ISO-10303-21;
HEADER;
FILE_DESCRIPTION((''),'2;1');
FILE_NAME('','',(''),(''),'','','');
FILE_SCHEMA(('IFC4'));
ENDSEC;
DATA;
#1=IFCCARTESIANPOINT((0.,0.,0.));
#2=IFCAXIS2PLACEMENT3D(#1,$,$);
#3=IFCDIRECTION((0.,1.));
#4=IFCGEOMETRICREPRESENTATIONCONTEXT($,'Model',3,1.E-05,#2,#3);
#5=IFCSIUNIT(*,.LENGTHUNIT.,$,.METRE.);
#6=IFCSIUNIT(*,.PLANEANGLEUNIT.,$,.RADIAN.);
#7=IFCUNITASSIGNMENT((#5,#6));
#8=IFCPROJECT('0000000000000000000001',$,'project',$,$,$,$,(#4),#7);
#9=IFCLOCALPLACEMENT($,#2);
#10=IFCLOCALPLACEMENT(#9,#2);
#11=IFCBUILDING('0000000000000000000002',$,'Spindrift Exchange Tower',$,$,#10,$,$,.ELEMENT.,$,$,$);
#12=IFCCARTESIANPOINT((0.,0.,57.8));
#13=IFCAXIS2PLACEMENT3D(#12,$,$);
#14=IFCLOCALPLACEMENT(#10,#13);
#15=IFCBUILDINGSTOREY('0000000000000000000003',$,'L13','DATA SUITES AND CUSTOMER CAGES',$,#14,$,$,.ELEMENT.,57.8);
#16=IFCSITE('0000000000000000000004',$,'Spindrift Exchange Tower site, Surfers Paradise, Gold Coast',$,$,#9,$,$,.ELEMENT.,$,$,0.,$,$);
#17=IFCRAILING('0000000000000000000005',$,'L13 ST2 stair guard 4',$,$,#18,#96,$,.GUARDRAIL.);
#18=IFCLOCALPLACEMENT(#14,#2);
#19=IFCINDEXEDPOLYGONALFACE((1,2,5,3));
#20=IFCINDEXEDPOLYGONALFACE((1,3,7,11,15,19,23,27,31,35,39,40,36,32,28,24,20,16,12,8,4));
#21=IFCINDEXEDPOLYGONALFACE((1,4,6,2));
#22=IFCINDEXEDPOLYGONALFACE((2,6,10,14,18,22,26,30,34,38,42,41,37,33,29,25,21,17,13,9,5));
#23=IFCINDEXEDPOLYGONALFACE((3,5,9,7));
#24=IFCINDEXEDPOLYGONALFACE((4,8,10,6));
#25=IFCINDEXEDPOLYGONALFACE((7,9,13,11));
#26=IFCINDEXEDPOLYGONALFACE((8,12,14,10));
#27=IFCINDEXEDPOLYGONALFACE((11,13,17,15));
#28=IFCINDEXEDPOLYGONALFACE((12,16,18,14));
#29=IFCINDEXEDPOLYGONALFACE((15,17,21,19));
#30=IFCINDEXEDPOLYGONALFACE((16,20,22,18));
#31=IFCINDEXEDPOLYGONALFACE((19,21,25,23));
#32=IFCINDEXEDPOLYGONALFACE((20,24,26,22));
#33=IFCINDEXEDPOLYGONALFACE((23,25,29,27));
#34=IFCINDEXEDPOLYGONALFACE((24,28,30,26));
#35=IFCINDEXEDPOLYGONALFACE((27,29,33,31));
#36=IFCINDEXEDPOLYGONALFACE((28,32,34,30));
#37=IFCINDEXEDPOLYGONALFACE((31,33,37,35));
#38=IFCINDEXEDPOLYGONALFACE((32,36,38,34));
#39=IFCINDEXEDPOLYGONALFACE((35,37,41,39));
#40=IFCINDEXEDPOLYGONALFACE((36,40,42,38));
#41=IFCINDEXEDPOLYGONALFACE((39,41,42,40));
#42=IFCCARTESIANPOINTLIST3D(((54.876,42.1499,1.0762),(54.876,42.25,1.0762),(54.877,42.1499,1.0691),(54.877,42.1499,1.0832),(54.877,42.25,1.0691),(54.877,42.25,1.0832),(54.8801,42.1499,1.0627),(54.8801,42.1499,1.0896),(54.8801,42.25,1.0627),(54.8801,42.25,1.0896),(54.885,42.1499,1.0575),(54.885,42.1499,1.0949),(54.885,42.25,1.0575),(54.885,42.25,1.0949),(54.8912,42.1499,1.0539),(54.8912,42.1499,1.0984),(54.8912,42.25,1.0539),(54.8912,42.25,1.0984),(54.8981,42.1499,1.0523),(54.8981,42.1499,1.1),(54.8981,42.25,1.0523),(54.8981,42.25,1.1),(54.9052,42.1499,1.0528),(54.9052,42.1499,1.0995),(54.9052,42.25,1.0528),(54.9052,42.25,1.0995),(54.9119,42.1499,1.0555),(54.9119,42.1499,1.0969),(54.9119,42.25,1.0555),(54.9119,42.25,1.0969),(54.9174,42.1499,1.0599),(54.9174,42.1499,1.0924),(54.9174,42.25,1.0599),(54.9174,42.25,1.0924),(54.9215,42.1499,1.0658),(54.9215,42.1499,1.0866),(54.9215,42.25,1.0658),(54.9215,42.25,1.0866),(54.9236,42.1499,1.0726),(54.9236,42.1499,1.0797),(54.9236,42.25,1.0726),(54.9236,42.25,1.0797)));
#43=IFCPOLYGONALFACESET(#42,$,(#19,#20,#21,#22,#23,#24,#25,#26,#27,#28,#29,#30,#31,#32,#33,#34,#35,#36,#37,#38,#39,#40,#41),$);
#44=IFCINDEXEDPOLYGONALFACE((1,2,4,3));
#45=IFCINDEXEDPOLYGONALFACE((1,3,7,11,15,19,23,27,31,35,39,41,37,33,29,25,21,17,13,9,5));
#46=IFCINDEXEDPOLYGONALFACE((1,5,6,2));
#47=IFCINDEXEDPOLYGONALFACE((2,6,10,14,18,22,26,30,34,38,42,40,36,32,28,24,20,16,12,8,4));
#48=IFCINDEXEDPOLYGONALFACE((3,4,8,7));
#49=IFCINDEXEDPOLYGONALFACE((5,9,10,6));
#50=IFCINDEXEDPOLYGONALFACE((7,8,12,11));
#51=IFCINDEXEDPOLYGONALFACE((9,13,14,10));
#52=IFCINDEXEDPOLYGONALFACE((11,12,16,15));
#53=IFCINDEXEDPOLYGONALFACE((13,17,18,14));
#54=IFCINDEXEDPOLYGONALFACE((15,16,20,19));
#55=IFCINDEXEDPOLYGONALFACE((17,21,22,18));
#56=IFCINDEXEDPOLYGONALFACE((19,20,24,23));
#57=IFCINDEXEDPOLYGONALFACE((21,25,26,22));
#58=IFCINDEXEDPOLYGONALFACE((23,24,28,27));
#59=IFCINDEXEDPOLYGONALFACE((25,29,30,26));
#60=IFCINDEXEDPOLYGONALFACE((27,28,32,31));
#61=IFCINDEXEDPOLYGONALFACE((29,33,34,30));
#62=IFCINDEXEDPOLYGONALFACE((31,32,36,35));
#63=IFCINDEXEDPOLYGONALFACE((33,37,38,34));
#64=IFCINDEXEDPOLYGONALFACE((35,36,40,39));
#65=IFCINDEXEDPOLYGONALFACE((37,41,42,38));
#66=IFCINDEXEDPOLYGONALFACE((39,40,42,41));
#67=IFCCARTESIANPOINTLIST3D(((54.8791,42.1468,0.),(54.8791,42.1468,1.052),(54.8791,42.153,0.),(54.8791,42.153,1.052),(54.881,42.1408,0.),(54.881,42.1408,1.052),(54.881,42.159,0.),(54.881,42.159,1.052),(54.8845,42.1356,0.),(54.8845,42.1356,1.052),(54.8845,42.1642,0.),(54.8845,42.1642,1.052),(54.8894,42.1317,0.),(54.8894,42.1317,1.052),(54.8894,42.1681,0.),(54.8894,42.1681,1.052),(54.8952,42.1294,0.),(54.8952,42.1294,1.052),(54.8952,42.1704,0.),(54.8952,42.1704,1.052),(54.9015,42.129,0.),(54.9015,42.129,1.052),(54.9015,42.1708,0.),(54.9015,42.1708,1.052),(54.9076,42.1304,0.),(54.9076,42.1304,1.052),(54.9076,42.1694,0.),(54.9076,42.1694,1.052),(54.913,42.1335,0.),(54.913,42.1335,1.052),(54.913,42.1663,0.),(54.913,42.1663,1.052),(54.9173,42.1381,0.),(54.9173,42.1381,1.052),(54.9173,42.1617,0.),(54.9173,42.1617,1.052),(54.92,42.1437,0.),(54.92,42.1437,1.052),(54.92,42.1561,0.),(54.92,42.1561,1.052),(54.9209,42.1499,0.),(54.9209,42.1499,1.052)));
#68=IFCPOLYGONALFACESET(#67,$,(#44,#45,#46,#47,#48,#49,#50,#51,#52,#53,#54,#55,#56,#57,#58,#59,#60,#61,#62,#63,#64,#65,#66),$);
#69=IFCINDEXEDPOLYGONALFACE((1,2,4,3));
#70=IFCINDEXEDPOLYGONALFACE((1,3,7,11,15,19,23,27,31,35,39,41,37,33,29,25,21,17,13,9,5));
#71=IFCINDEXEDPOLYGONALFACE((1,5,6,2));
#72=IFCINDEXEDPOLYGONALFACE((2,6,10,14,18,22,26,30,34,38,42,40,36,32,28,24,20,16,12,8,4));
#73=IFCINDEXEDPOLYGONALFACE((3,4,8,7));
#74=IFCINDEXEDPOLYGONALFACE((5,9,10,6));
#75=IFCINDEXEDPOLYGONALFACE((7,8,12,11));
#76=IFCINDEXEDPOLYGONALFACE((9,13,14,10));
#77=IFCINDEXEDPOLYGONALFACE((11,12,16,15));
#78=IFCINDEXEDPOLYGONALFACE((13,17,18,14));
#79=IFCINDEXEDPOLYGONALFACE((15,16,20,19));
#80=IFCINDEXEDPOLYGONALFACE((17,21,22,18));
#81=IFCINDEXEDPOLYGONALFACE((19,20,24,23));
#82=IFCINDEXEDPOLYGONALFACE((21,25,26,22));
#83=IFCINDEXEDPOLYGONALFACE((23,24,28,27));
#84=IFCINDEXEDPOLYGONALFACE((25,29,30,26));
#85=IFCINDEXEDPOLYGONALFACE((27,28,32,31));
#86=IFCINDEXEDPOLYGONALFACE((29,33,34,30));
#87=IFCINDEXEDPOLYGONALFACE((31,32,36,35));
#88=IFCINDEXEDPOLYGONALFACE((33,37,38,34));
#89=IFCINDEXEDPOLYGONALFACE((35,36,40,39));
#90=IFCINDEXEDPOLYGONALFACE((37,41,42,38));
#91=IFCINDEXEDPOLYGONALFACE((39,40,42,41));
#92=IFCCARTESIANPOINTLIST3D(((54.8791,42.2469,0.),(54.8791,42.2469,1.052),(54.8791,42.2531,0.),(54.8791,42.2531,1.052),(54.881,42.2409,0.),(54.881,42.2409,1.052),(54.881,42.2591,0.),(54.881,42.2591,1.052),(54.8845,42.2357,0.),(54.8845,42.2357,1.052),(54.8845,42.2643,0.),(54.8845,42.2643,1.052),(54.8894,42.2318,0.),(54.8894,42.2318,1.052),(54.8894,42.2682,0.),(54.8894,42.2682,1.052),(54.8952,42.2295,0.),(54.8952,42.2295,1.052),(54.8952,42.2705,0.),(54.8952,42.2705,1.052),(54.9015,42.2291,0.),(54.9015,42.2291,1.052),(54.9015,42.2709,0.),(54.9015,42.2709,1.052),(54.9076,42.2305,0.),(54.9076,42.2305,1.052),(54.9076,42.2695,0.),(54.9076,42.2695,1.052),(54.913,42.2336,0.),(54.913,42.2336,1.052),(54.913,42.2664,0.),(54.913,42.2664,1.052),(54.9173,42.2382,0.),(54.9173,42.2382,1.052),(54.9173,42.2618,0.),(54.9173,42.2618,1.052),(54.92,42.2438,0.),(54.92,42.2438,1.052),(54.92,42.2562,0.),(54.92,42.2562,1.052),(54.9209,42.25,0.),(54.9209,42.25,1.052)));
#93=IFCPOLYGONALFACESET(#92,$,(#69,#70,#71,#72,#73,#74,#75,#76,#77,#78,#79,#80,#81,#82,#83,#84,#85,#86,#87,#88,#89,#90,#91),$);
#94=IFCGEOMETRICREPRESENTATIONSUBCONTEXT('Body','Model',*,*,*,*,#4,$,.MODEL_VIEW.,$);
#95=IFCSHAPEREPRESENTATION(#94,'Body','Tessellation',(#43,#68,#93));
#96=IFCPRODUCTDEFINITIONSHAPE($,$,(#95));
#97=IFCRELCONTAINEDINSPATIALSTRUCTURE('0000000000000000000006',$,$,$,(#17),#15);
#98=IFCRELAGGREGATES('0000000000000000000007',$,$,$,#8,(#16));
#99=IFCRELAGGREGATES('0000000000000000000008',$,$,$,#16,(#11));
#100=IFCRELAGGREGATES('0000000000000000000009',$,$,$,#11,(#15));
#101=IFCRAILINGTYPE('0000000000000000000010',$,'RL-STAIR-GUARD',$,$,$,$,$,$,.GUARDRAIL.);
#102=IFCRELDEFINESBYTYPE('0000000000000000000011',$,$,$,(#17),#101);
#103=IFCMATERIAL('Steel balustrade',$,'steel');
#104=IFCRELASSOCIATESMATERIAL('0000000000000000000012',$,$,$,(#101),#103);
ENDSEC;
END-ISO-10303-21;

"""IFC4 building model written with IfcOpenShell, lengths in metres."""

from ifc_helpers import new_model, si_unit, direction, frame, origin, origin_2d, place, context, subcontext, project, spatial, circle, extrude, material, type_object, element, save


model = new_model("IFC4")

# Units and contexts
model_context = context("Model", 3, precision=1e-05, world=origin(), true_north=direction((0.0, 1.0)))
body_context = subcontext(model_context, "Body", "Model", "MODEL_VIEW")
ifc_project = project(units=[si_unit("LENGTHUNIT", "METRE"), si_unit("PLANEANGLEUNIT", "RADIAN")], contexts=[model_context])

# Site, building, storey
site_placement = place(None, origin())
site = spatial("IfcSite", under=ifc_project, at=site_placement, Name="Spindrift Exchange Tower site, Surfers Paradise, Gold Coast", CompositionType="ELEMENT", RefElevation=0.0)
building_placement = place(site_placement, origin())
building = spatial("IfcBuilding", under=site, at=building_placement, Name="Spindrift Exchange Tower", CompositionType="ELEMENT")
storey_placement = place(building_placement, frame((0.0, 0.0, 57.8)))
storey = spatial("IfcBuildingStorey", under=building, at=storey_placement, Name="L13", Description="DATA SUITES AND CUSTOMER CAGES", CompositionType="ELEMENT", Elevation=57.8)

# Railing
ifc_material_1 = material(Name="Steel balustrade", Category="steel")
railing_type_1 = type_object("IfcRailingType", Name="RL-STAIR-GUARD", PredefinedType="GUARDRAIL", material=ifc_material_1)
railing_1_placement = place(storey_placement, frame((54.8999, 42.1499, 0.0)))
element("IfcRailing", 1, at=railing_1_placement, inside=storey, type_object=railing_type_1, Name="L13 ST2 stair guard 4", PredefinedType="GUARDRAIL", context=body_context, shape_type="SweptSolid", body=[
    extrude(circle(Radius=0.0239, at=origin_2d()), frame((0.0, 0.0, 1.0762), z_axis=(0.0, 1.0, 0.0), x_axis=(-1.0, 0.0, 0.0)), (0.0, 0.0, 1.0), 0.1001),
    extrude(circle(Radius=0.021, at=origin_2d()), origin(), (0.0, 0.0, 1.0), 1.052),
    extrude(circle(Radius=0.021, at=origin_2d()), frame((0.0, 0.1001, 0.0)), (0.0, 0.0, 1.0), 1.052),
])

save(model, "model.ifc")
